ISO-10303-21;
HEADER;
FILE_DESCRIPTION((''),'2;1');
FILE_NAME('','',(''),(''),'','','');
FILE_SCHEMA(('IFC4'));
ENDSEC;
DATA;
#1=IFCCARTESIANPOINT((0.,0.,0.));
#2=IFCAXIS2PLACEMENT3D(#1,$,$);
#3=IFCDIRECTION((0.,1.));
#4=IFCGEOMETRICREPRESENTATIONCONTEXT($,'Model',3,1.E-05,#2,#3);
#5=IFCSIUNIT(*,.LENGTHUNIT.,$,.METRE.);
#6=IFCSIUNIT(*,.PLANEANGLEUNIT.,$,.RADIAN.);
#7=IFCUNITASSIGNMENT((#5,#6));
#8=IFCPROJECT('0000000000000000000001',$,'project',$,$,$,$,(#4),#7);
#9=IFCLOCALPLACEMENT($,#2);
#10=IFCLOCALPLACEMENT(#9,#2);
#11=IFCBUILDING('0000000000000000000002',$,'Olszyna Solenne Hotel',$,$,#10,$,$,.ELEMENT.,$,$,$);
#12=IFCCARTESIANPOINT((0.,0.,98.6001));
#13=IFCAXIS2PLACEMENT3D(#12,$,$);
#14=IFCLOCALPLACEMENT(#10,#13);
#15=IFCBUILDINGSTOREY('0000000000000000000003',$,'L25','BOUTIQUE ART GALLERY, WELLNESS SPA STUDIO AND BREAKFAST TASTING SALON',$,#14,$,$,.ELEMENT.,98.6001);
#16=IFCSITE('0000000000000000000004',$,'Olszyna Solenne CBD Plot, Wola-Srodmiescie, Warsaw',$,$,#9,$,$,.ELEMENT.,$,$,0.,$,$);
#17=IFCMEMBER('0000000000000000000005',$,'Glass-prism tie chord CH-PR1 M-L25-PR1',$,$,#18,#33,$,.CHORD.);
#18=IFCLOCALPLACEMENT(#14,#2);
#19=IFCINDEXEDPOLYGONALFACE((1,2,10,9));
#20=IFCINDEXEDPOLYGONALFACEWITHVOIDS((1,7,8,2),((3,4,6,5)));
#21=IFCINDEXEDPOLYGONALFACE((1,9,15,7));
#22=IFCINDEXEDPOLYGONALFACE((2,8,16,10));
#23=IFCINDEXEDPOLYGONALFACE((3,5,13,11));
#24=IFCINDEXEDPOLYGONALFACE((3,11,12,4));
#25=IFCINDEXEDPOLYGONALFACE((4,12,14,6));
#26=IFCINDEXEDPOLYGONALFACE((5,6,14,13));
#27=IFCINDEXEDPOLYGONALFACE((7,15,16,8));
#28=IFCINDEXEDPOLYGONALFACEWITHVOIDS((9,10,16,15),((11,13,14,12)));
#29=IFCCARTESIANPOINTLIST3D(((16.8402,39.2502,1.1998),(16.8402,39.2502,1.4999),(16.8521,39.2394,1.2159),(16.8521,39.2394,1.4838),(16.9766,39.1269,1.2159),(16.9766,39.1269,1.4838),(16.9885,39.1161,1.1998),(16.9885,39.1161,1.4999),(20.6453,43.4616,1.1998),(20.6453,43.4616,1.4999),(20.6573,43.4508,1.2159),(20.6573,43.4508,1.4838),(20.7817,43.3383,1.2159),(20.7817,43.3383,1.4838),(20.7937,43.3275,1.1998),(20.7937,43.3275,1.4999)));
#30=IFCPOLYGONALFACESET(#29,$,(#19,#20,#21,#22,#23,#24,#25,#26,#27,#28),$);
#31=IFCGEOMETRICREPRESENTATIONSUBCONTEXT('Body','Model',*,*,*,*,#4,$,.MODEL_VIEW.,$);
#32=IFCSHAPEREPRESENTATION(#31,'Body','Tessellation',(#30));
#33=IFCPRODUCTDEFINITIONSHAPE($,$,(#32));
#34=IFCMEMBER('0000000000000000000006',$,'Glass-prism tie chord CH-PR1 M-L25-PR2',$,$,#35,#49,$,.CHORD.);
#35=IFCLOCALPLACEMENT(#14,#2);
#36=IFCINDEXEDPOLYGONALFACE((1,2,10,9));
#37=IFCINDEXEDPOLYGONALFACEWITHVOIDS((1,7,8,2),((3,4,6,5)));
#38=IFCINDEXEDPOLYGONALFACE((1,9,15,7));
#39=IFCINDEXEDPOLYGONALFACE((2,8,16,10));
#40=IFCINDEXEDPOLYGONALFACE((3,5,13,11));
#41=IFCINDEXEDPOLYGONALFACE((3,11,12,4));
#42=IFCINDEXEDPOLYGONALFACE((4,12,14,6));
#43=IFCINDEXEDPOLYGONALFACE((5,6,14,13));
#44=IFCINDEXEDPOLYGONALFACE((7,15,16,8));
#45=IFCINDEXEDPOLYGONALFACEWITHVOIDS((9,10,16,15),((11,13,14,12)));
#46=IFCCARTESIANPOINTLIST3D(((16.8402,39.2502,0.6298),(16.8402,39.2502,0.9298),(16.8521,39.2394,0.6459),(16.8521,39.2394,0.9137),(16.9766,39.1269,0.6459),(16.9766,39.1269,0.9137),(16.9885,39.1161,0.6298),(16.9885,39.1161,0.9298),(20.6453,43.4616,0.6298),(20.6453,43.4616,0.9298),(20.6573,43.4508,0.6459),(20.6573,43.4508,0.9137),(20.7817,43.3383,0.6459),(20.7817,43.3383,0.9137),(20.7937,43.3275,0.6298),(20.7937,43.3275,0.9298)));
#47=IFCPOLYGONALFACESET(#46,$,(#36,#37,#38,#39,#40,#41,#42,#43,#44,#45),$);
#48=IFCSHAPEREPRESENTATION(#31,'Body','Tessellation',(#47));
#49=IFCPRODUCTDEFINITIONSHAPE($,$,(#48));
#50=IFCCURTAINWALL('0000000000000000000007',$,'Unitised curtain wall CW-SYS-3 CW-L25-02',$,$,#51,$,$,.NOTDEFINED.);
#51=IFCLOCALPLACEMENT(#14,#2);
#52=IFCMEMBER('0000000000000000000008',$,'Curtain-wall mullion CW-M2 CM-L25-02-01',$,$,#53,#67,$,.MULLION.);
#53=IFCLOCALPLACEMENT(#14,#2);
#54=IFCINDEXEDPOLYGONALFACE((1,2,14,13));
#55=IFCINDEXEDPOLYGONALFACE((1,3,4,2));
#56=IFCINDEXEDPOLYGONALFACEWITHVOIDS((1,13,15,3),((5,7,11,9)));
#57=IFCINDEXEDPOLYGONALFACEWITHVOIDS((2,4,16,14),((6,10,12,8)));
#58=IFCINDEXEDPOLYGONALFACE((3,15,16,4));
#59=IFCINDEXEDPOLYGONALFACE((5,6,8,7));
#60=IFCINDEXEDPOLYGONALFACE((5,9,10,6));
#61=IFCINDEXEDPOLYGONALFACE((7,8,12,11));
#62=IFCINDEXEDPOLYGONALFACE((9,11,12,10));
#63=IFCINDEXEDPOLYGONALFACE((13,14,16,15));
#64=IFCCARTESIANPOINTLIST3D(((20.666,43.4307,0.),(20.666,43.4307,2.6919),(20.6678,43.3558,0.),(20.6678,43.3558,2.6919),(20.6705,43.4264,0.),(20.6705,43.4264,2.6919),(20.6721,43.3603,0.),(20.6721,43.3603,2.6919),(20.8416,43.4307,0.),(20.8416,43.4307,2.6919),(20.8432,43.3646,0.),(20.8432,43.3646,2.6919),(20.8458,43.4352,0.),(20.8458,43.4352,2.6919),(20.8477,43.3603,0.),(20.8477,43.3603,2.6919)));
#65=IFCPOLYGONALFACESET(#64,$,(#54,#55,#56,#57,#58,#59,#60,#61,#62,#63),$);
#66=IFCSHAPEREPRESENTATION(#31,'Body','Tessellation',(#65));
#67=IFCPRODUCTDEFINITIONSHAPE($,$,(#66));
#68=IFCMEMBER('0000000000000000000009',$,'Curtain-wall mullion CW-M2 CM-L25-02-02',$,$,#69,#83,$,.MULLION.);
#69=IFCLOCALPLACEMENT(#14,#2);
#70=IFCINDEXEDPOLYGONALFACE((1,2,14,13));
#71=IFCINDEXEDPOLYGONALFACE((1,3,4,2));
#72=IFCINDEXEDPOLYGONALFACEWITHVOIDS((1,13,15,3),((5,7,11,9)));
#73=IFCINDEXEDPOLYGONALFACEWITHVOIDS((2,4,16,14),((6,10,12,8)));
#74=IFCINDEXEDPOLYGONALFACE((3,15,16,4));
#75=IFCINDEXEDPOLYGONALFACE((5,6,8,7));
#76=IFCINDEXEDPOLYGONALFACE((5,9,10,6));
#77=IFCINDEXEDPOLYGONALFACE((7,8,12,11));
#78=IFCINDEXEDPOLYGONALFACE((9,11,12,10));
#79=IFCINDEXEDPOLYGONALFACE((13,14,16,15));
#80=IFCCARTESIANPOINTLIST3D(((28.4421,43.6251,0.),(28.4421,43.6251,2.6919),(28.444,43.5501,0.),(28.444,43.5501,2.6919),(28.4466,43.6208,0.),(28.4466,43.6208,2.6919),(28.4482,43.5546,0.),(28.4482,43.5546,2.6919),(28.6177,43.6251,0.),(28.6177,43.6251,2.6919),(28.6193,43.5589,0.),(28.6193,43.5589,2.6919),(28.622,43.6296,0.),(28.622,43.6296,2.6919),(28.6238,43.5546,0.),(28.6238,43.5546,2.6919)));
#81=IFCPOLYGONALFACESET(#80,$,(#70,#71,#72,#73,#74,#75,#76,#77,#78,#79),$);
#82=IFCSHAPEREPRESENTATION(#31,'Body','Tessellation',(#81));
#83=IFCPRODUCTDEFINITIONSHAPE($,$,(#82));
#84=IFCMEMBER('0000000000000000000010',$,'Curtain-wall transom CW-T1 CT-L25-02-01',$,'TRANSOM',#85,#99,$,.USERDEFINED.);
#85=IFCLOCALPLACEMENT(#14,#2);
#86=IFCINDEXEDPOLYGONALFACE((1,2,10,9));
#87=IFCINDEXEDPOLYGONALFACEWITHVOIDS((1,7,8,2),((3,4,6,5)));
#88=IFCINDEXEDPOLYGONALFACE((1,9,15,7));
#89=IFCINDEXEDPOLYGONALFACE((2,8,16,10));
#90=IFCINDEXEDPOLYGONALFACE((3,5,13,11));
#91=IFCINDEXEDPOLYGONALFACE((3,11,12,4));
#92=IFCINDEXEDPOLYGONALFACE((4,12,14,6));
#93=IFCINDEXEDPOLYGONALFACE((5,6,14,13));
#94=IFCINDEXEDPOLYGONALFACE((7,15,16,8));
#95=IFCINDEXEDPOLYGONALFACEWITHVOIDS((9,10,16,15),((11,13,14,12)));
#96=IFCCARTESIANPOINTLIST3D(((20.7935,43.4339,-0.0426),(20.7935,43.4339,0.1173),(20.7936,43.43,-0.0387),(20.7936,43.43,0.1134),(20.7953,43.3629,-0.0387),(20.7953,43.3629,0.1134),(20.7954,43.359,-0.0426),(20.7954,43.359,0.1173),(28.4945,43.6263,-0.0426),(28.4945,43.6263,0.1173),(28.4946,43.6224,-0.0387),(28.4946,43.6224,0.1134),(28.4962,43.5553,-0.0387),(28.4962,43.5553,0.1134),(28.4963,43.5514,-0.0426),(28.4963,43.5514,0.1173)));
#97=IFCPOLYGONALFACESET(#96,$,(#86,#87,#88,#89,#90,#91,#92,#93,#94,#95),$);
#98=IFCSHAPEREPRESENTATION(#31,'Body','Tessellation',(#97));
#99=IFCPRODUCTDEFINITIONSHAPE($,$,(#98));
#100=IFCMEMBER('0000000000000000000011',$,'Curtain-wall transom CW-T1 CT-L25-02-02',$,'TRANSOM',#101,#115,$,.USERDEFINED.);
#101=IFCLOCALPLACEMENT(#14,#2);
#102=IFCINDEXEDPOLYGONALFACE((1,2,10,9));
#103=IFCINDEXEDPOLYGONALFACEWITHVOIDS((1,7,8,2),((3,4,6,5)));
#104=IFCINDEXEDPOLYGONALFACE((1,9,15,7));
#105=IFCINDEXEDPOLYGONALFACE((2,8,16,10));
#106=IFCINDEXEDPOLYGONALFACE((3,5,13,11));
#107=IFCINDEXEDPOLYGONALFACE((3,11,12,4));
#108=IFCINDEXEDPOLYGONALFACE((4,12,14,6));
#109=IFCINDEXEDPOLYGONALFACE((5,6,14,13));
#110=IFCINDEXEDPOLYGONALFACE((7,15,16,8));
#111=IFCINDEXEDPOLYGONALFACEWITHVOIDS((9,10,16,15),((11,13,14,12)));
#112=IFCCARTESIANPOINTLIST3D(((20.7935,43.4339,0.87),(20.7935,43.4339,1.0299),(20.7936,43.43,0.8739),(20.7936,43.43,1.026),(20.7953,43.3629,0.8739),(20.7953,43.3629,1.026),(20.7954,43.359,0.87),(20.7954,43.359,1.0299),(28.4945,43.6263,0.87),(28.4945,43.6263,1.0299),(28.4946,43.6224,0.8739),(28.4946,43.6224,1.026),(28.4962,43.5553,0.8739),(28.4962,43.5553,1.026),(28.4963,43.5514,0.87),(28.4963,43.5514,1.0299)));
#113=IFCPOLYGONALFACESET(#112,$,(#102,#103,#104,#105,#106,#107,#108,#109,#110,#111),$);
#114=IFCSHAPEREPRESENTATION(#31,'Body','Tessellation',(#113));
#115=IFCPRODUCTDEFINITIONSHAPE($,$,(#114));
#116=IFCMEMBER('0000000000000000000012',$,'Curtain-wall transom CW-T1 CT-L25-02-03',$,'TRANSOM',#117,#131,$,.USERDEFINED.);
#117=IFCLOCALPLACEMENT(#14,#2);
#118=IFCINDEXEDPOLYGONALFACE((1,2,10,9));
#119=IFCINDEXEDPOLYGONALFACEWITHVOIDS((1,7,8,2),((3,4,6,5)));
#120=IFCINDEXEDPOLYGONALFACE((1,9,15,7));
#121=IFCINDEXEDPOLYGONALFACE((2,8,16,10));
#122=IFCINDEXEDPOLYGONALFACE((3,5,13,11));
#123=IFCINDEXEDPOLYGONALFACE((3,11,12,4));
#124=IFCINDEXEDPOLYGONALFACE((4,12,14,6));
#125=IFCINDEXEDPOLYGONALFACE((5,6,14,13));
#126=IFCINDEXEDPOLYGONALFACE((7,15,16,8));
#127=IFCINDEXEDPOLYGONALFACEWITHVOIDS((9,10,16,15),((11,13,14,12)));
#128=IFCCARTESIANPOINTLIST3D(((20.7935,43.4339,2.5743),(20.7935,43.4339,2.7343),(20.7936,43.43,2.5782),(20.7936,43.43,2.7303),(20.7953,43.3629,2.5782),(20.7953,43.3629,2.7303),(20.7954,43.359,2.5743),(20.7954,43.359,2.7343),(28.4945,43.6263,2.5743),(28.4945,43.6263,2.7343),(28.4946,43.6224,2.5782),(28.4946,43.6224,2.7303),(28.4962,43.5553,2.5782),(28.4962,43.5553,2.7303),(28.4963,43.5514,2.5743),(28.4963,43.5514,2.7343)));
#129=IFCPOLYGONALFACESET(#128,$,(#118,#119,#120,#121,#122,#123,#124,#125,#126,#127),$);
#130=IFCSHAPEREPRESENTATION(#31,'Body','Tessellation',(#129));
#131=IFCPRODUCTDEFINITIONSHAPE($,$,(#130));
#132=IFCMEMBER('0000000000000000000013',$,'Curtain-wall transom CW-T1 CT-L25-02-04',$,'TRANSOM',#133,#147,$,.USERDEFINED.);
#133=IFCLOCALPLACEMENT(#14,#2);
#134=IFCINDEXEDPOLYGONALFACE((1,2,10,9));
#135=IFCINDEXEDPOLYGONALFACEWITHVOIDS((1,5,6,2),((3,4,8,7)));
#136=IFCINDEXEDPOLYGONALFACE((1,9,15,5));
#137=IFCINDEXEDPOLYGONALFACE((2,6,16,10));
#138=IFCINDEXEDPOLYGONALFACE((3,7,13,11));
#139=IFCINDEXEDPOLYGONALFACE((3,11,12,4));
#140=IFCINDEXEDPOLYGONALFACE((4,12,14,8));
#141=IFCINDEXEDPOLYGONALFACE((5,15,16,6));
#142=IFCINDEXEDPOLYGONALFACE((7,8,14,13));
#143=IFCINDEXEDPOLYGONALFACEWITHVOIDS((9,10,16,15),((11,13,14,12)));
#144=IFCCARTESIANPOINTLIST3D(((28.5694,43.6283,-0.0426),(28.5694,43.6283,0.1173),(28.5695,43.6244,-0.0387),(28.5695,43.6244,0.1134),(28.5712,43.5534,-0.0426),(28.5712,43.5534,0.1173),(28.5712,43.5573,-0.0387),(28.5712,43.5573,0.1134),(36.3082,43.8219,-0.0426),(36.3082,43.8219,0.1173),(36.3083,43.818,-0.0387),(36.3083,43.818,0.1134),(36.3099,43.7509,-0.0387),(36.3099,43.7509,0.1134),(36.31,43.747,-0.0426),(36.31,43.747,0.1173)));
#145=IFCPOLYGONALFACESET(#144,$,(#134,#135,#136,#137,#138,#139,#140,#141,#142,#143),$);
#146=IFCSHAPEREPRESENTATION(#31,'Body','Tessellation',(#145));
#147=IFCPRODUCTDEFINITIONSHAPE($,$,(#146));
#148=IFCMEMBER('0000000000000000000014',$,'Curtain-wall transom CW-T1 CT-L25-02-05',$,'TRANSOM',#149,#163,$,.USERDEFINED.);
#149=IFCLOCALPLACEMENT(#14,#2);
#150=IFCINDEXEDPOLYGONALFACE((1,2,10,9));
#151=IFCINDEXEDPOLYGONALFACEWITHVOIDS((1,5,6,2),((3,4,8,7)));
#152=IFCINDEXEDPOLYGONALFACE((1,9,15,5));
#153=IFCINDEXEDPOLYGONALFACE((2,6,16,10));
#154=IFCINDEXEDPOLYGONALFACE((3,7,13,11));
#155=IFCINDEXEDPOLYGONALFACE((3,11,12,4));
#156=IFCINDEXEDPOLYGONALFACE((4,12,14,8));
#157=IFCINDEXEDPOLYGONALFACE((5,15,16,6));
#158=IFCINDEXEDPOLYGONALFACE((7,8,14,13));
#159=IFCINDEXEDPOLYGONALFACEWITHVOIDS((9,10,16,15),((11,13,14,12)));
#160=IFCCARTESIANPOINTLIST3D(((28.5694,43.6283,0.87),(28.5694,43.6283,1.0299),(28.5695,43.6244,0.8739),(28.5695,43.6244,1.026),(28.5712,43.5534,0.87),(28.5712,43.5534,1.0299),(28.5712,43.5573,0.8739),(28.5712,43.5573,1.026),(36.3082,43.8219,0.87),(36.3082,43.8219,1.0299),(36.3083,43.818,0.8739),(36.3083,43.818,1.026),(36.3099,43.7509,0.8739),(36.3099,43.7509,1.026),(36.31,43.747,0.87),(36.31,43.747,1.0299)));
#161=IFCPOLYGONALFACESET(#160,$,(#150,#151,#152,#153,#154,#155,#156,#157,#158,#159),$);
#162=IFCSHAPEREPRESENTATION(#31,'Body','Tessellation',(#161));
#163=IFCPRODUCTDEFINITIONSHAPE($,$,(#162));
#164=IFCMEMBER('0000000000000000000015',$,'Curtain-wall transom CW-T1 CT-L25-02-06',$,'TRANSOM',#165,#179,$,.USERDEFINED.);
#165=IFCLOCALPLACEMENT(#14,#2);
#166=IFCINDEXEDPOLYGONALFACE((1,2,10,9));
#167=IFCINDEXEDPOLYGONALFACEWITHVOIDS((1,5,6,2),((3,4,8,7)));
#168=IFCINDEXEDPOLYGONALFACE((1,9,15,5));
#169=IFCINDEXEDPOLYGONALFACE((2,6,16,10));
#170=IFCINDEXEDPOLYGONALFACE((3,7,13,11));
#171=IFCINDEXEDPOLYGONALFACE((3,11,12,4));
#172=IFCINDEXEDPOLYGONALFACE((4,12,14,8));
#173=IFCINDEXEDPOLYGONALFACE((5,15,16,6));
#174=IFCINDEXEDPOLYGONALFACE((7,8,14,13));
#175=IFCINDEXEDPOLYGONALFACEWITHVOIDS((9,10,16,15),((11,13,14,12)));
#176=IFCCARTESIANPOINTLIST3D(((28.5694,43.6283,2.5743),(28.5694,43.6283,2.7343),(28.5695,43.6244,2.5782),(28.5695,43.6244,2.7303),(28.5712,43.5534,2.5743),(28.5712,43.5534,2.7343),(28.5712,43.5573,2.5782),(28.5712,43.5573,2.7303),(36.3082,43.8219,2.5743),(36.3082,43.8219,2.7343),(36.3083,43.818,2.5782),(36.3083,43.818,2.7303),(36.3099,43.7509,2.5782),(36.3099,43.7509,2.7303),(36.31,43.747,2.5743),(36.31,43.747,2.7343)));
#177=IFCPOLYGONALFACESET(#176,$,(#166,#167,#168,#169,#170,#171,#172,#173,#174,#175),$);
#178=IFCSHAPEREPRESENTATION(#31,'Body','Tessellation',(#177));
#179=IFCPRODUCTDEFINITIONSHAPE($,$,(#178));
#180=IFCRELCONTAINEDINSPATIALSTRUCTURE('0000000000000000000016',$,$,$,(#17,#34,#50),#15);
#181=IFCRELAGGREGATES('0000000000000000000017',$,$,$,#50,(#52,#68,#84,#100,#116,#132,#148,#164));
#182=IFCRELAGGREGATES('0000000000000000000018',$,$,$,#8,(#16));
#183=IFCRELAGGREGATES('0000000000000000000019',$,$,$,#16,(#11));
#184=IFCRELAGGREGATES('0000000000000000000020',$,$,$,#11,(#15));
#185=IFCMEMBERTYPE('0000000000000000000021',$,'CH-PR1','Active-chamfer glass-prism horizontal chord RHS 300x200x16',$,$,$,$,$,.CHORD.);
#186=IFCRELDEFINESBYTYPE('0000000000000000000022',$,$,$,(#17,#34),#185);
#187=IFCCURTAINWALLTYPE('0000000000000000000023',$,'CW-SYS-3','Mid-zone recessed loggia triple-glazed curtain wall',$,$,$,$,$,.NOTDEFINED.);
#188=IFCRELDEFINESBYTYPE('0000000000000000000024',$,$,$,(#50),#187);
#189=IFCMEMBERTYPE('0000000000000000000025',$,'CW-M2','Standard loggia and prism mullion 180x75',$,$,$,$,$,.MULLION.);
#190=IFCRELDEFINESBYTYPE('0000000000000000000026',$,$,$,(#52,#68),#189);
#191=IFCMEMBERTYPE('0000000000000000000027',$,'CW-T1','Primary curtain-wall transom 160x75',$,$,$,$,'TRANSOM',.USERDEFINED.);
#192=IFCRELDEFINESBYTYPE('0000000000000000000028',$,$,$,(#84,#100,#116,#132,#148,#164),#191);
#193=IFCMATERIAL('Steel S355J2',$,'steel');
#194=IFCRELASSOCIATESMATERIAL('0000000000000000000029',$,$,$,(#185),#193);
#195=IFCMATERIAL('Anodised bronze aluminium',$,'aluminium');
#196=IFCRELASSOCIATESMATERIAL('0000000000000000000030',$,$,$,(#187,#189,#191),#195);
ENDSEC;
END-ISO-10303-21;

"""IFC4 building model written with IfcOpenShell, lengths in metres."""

from ifc_helpers import new_model, si_unit, direction, frame, origin, origin_2d, place, context, subcontext, project, spatial, hollow_rectangle, extrude, source, transform, mapped, material, material_profile, profile_set, type_object, element, aggregate, save


model = new_model("IFC4")

# Units and contexts
model_context = context("Model", 3, precision=1e-05, world=origin(), true_north=direction((0.0, 1.0)))
body_context = subcontext(model_context, "Body", "Model", "MODEL_VIEW")
ifc_project = project(units=[si_unit("LENGTHUNIT", "METRE"), si_unit("PLANEANGLEUNIT", "RADIAN")], contexts=[model_context])

# Site, building, storey
site_placement = place(None, origin())
site = spatial("IfcSite", under=ifc_project, at=site_placement, Name="Olszyna Solenne CBD Plot, Wola-Srodmiescie, Warsaw", CompositionType="ELEMENT", RefElevation=0.0)
building_placement = place(site_placement, origin())
building = spatial("IfcBuilding", under=site, at=building_placement, Name="Olszyna Solenne Hotel", CompositionType="ELEMENT")
storey_placement = place(building_placement, frame((0.0, 0.0, 98.6001)))
storey = spatial("IfcBuildingStorey", under=building, at=storey_placement, Name="L25", Description="BOUTIQUE ART GALLERY, WELLNESS SPA STUDIO AND BREAKFAST TASTING SALON", CompositionType="ELEMENT", Elevation=98.6001)

# Shared definitions
ifc_material_1 = material(Name="Steel S355J2", Category="steel")

# Members
ifc_material_profile_1 = material_profile(ifc_material_1, hollow_rectangle(XDim=0.2, YDim=0.3, WallThickness=0.0161, at=origin_2d()), Name="RHS 300x200x16", Category="load-bearing")
ifc_profile_set_1 = profile_set([ifc_material_profile_1], Name="Steel S355J2")
member_type_1 = type_object("IfcMemberType", Name="CH-PR1", Description="Active-chamfer glass-prism horizontal chord RHS 300x200x16", PredefinedType="CHORD", material=ifc_profile_set_1)
shared_shape_1 = source(origin(), body_context, "Body", "SweptSolid", [
    extrude(hollow_rectangle(XDim=0.2, YDim=0.3, WallThickness=0.0161, at=origin_2d()), origin(), (0.0, 0.0, 1.0), 5.6758),
])
for number, where, z_axis, x_axis, name in (
    (1, (20.7195, 43.3945, 1.3499), (-0.670413, -0.741988, 0.0), (0.741988, -0.670413, 0.0), "Glass-prism tie chord CH-PR1 M-L25-PR1"),
    (2, (20.7195, 43.3945, 0.7798), (-0.670413, -0.741988, 0.0), (0.741988, -0.670413, 0.0), "Glass-prism tie chord CH-PR1 M-L25-PR2"),
):
    element("IfcMember", number, at=place(storey_placement, frame(where, z_axis=z_axis, x_axis=x_axis)), inside=storey, type_object=member_type_1, Name=name, PredefinedType="CHORD", context=body_context, shape_type="MappedRepresentation", body=[
        mapped(shared_shape_1, transform((0.0, 0.0, 0.0), x_axis=(1.0, 0.0, 0.0), y_axis=(0.0, 1.0, 0.0), z_axis=(0.0, 0.0, 1.0), scale=1.0)),
    ])

# Curtain wall, members
ifc_material_2 = material(Name="Anodised bronze aluminium", Category="aluminium")
curtain_wall_type = type_object("IfcCurtainWallType", Name="CW-SYS-3", Description="Mid-zone recessed loggia triple-glazed curtain wall", PredefinedType="NOTDEFINED", material=ifc_material_2)
curtain_wall_placement = place(storey_placement, origin())
curtain_wall = element("IfcCurtainWall", 3, at=curtain_wall_placement, inside=storey, type_object=curtain_wall_type, Name="Unitised curtain wall CW-SYS-3 CW-L25-02", PredefinedType="NOTDEFINED")
ifc_material_profile_2 = material_profile(ifc_material_2, hollow_rectangle(XDim=0.075, YDim=0.1799, WallThickness=0.0044, at=origin_2d()), Name="MULL 180x75x4.5", Category="load-bearing")
ifc_profile_set_2 = profile_set([ifc_material_profile_2], Name="Anodised bronze aluminium")
member_type_2 = type_object("IfcMemberType", Name="CW-M2", Description="Standard loggia and prism mullion 180x75", PredefinedType="MULLION", material=ifc_profile_set_2)
shared_shape_2 = source(origin(), body_context, "Body", "SweptSolid", [
    extrude(hollow_rectangle(XDim=0.075, YDim=0.1799, WallThickness=0.0044, at=origin_2d()), origin(), (0.0, 0.0, 1.0), 2.6919),
])
member_1_placement = place(storey_placement, frame((20.7568, 43.3955, 0.0), z_axis=(0.0, 0.0, 1.0), x_axis=(-0.025, 0.999687, 0.0)))
member_1 = element("IfcMember", 4, at=member_1_placement, type_object=member_type_2, Name="Curtain-wall mullion CW-M2 CM-L25-02-01", PredefinedType="MULLION", context=body_context, shape_type="MappedRepresentation", body=[
    mapped(shared_shape_2, transform((0.0, 0.0, 0.0), x_axis=(1.0, 0.0, 0.0), y_axis=(0.0, 1.0, 0.0), z_axis=(0.0, 0.0, 1.0), scale=1.0)),
])
member_2_placement = place(storey_placement, frame((28.533, 43.5898, 0.0), z_axis=(0.0, 0.0, 1.0), x_axis=(-0.025, 0.999687, 0.0)))
member_2 = element("IfcMember", 5, at=member_2_placement, type_object=member_type_2, Name="Curtain-wall mullion CW-M2 CM-L25-02-02", PredefinedType="MULLION", context=body_context, shape_type="MappedRepresentation", body=[
    mapped(shared_shape_2, transform((0.0, 0.0, 0.0), x_axis=(1.0, 0.0, 0.0), y_axis=(0.0, 1.0, 0.0), z_axis=(0.0, 0.0, 1.0), scale=1.0)),
])
ifc_material_profile_3 = material_profile(ifc_material_2, hollow_rectangle(XDim=0.075, YDim=0.1599, WallThickness=0.0039, at=origin_2d()), Name="TRAN 160x75x4", Category="load-bearing")
ifc_profile_set_3 = profile_set([ifc_material_profile_3], Name="Anodised bronze aluminium")
member_type_3 = type_object("IfcMemberType", Name="CW-T1", Description="Primary curtain-wall transom 160x75", ElementType="TRANSOM", PredefinedType="USERDEFINED", material=ifc_profile_set_3)
shared_shape_3 = source(origin(), body_context, "Body", "SweptSolid", [
    extrude(hollow_rectangle(XDim=0.075, YDim=0.1599, WallThickness=0.0039, at=origin_2d()), origin(), (0.0, 0.0, 1.0), 7.7034),
])
member_3_placement = place(storey_placement, frame((20.7944, 43.3965, 0.0374), z_axis=(0.999688, 0.024974, 0.0), x_axis=(-0.024974, 0.999688, 0.0)))
member_3 = element("IfcMember", 6, at=member_3_placement, type_object=member_type_3, Name="Curtain-wall transom CW-T1 CT-L25-02-01", ObjectType="TRANSOM", PredefinedType="USERDEFINED", context=body_context, shape_type="MappedRepresentation", body=[
    mapped(shared_shape_3, transform((0.0, 0.0, 0.0), x_axis=(1.0, 0.0, 0.0), y_axis=(0.0, 1.0, 0.0), z_axis=(0.0, 0.0, 1.0), scale=1.0)),
])
member_4_placement = place(storey_placement, frame((20.7944, 43.3965, 0.95), z_axis=(0.999688, 0.024974, 0.0), x_axis=(-0.024974, 0.999688, 0.0)))
member_4 = element("IfcMember", 7, at=member_4_placement, type_object=member_type_3, Name="Curtain-wall transom CW-T1 CT-L25-02-02", ObjectType="TRANSOM", PredefinedType="USERDEFINED", context=body_context, shape_type="MappedRepresentation", body=[
    mapped(shared_shape_3, transform((0.0, 0.0, 0.0), x_axis=(1.0, 0.0, 0.0), y_axis=(0.0, 1.0, 0.0), z_axis=(0.0, 0.0, 1.0), scale=1.0)),
])
member_5_placement = place(storey_placement, frame((20.7944, 43.3965, 2.6543), z_axis=(0.999688, 0.024974, 0.0), x_axis=(-0.024974, 0.999688, 0.0)))
member_5 = element("IfcMember", 8, at=member_5_placement, type_object=member_type_3, Name="Curtain-wall transom CW-T1 CT-L25-02-03", ObjectType="TRANSOM", PredefinedType="USERDEFINED", context=body_context, shape_type="MappedRepresentation", body=[
    mapped(shared_shape_3, transform((0.0, 0.0, 0.0), x_axis=(1.0, 0.0, 0.0), y_axis=(0.0, 1.0, 0.0), z_axis=(0.0, 0.0, 1.0), scale=1.0)),
])
shared_shape_4 = source(origin(), body_context, "Body", "SweptSolid", [
    extrude(hollow_rectangle(XDim=0.075, YDim=0.1599, WallThickness=0.0039, at=origin_2d()), origin(), (0.0, 0.0, 1.0), 7.7412),
])
member_6_placement = place(storey_placement, frame((28.5703, 43.5908, 0.0374), z_axis=(0.999687, 0.02501, 0.0), x_axis=(-0.02501, 0.999687, 0.0)))
member_6 = element("IfcMember", 9, at=member_6_placement, type_object=member_type_3, Name="Curtain-wall transom CW-T1 CT-L25-02-04", ObjectType="TRANSOM", PredefinedType="USERDEFINED", context=body_context, shape_type="MappedRepresentation", body=[
    mapped(shared_shape_4, transform((0.0, 0.0, 0.0), x_axis=(1.0, 0.0, 0.0), y_axis=(0.0, 1.0, 0.0), z_axis=(0.0, 0.0, 1.0), scale=1.0)),
])
member_7_placement = place(storey_placement, frame((28.5703, 43.5908, 0.95), z_axis=(0.999687, 0.02501, 0.0), x_axis=(-0.02501, 0.999687, 0.0)))
member_7 = element("IfcMember", 10, at=member_7_placement, type_object=member_type_3, Name="Curtain-wall transom CW-T1 CT-L25-02-05", ObjectType="TRANSOM", PredefinedType="USERDEFINED", context=body_context, shape_type="MappedRepresentation", body=[
    mapped(shared_shape_4, transform((0.0, 0.0, 0.0), x_axis=(1.0, 0.0, 0.0), y_axis=(0.0, 1.0, 0.0), z_axis=(0.0, 0.0, 1.0), scale=1.0)),
])
member_8_placement = place(storey_placement, frame((28.5703, 43.5908, 2.6543), z_axis=(0.999687, 0.02501, 0.0), x_axis=(-0.02501, 0.999687, 0.0)))
member_8 = element("IfcMember", 11, at=member_8_placement, type_object=member_type_3, Name="Curtain-wall transom CW-T1 CT-L25-02-06", ObjectType="TRANSOM", PredefinedType="USERDEFINED", context=body_context, shape_type="MappedRepresentation", body=[
    mapped(shared_shape_4, transform((0.0, 0.0, 0.0), x_axis=(1.0, 0.0, 0.0), y_axis=(0.0, 1.0, 0.0), z_axis=(0.0, 0.0, 1.0), scale=1.0)),
])

aggregate(curtain_wall, [member_1, member_2, member_3, member_4, member_5, member_6, member_7, member_8])

save(model, "model.ifc")
